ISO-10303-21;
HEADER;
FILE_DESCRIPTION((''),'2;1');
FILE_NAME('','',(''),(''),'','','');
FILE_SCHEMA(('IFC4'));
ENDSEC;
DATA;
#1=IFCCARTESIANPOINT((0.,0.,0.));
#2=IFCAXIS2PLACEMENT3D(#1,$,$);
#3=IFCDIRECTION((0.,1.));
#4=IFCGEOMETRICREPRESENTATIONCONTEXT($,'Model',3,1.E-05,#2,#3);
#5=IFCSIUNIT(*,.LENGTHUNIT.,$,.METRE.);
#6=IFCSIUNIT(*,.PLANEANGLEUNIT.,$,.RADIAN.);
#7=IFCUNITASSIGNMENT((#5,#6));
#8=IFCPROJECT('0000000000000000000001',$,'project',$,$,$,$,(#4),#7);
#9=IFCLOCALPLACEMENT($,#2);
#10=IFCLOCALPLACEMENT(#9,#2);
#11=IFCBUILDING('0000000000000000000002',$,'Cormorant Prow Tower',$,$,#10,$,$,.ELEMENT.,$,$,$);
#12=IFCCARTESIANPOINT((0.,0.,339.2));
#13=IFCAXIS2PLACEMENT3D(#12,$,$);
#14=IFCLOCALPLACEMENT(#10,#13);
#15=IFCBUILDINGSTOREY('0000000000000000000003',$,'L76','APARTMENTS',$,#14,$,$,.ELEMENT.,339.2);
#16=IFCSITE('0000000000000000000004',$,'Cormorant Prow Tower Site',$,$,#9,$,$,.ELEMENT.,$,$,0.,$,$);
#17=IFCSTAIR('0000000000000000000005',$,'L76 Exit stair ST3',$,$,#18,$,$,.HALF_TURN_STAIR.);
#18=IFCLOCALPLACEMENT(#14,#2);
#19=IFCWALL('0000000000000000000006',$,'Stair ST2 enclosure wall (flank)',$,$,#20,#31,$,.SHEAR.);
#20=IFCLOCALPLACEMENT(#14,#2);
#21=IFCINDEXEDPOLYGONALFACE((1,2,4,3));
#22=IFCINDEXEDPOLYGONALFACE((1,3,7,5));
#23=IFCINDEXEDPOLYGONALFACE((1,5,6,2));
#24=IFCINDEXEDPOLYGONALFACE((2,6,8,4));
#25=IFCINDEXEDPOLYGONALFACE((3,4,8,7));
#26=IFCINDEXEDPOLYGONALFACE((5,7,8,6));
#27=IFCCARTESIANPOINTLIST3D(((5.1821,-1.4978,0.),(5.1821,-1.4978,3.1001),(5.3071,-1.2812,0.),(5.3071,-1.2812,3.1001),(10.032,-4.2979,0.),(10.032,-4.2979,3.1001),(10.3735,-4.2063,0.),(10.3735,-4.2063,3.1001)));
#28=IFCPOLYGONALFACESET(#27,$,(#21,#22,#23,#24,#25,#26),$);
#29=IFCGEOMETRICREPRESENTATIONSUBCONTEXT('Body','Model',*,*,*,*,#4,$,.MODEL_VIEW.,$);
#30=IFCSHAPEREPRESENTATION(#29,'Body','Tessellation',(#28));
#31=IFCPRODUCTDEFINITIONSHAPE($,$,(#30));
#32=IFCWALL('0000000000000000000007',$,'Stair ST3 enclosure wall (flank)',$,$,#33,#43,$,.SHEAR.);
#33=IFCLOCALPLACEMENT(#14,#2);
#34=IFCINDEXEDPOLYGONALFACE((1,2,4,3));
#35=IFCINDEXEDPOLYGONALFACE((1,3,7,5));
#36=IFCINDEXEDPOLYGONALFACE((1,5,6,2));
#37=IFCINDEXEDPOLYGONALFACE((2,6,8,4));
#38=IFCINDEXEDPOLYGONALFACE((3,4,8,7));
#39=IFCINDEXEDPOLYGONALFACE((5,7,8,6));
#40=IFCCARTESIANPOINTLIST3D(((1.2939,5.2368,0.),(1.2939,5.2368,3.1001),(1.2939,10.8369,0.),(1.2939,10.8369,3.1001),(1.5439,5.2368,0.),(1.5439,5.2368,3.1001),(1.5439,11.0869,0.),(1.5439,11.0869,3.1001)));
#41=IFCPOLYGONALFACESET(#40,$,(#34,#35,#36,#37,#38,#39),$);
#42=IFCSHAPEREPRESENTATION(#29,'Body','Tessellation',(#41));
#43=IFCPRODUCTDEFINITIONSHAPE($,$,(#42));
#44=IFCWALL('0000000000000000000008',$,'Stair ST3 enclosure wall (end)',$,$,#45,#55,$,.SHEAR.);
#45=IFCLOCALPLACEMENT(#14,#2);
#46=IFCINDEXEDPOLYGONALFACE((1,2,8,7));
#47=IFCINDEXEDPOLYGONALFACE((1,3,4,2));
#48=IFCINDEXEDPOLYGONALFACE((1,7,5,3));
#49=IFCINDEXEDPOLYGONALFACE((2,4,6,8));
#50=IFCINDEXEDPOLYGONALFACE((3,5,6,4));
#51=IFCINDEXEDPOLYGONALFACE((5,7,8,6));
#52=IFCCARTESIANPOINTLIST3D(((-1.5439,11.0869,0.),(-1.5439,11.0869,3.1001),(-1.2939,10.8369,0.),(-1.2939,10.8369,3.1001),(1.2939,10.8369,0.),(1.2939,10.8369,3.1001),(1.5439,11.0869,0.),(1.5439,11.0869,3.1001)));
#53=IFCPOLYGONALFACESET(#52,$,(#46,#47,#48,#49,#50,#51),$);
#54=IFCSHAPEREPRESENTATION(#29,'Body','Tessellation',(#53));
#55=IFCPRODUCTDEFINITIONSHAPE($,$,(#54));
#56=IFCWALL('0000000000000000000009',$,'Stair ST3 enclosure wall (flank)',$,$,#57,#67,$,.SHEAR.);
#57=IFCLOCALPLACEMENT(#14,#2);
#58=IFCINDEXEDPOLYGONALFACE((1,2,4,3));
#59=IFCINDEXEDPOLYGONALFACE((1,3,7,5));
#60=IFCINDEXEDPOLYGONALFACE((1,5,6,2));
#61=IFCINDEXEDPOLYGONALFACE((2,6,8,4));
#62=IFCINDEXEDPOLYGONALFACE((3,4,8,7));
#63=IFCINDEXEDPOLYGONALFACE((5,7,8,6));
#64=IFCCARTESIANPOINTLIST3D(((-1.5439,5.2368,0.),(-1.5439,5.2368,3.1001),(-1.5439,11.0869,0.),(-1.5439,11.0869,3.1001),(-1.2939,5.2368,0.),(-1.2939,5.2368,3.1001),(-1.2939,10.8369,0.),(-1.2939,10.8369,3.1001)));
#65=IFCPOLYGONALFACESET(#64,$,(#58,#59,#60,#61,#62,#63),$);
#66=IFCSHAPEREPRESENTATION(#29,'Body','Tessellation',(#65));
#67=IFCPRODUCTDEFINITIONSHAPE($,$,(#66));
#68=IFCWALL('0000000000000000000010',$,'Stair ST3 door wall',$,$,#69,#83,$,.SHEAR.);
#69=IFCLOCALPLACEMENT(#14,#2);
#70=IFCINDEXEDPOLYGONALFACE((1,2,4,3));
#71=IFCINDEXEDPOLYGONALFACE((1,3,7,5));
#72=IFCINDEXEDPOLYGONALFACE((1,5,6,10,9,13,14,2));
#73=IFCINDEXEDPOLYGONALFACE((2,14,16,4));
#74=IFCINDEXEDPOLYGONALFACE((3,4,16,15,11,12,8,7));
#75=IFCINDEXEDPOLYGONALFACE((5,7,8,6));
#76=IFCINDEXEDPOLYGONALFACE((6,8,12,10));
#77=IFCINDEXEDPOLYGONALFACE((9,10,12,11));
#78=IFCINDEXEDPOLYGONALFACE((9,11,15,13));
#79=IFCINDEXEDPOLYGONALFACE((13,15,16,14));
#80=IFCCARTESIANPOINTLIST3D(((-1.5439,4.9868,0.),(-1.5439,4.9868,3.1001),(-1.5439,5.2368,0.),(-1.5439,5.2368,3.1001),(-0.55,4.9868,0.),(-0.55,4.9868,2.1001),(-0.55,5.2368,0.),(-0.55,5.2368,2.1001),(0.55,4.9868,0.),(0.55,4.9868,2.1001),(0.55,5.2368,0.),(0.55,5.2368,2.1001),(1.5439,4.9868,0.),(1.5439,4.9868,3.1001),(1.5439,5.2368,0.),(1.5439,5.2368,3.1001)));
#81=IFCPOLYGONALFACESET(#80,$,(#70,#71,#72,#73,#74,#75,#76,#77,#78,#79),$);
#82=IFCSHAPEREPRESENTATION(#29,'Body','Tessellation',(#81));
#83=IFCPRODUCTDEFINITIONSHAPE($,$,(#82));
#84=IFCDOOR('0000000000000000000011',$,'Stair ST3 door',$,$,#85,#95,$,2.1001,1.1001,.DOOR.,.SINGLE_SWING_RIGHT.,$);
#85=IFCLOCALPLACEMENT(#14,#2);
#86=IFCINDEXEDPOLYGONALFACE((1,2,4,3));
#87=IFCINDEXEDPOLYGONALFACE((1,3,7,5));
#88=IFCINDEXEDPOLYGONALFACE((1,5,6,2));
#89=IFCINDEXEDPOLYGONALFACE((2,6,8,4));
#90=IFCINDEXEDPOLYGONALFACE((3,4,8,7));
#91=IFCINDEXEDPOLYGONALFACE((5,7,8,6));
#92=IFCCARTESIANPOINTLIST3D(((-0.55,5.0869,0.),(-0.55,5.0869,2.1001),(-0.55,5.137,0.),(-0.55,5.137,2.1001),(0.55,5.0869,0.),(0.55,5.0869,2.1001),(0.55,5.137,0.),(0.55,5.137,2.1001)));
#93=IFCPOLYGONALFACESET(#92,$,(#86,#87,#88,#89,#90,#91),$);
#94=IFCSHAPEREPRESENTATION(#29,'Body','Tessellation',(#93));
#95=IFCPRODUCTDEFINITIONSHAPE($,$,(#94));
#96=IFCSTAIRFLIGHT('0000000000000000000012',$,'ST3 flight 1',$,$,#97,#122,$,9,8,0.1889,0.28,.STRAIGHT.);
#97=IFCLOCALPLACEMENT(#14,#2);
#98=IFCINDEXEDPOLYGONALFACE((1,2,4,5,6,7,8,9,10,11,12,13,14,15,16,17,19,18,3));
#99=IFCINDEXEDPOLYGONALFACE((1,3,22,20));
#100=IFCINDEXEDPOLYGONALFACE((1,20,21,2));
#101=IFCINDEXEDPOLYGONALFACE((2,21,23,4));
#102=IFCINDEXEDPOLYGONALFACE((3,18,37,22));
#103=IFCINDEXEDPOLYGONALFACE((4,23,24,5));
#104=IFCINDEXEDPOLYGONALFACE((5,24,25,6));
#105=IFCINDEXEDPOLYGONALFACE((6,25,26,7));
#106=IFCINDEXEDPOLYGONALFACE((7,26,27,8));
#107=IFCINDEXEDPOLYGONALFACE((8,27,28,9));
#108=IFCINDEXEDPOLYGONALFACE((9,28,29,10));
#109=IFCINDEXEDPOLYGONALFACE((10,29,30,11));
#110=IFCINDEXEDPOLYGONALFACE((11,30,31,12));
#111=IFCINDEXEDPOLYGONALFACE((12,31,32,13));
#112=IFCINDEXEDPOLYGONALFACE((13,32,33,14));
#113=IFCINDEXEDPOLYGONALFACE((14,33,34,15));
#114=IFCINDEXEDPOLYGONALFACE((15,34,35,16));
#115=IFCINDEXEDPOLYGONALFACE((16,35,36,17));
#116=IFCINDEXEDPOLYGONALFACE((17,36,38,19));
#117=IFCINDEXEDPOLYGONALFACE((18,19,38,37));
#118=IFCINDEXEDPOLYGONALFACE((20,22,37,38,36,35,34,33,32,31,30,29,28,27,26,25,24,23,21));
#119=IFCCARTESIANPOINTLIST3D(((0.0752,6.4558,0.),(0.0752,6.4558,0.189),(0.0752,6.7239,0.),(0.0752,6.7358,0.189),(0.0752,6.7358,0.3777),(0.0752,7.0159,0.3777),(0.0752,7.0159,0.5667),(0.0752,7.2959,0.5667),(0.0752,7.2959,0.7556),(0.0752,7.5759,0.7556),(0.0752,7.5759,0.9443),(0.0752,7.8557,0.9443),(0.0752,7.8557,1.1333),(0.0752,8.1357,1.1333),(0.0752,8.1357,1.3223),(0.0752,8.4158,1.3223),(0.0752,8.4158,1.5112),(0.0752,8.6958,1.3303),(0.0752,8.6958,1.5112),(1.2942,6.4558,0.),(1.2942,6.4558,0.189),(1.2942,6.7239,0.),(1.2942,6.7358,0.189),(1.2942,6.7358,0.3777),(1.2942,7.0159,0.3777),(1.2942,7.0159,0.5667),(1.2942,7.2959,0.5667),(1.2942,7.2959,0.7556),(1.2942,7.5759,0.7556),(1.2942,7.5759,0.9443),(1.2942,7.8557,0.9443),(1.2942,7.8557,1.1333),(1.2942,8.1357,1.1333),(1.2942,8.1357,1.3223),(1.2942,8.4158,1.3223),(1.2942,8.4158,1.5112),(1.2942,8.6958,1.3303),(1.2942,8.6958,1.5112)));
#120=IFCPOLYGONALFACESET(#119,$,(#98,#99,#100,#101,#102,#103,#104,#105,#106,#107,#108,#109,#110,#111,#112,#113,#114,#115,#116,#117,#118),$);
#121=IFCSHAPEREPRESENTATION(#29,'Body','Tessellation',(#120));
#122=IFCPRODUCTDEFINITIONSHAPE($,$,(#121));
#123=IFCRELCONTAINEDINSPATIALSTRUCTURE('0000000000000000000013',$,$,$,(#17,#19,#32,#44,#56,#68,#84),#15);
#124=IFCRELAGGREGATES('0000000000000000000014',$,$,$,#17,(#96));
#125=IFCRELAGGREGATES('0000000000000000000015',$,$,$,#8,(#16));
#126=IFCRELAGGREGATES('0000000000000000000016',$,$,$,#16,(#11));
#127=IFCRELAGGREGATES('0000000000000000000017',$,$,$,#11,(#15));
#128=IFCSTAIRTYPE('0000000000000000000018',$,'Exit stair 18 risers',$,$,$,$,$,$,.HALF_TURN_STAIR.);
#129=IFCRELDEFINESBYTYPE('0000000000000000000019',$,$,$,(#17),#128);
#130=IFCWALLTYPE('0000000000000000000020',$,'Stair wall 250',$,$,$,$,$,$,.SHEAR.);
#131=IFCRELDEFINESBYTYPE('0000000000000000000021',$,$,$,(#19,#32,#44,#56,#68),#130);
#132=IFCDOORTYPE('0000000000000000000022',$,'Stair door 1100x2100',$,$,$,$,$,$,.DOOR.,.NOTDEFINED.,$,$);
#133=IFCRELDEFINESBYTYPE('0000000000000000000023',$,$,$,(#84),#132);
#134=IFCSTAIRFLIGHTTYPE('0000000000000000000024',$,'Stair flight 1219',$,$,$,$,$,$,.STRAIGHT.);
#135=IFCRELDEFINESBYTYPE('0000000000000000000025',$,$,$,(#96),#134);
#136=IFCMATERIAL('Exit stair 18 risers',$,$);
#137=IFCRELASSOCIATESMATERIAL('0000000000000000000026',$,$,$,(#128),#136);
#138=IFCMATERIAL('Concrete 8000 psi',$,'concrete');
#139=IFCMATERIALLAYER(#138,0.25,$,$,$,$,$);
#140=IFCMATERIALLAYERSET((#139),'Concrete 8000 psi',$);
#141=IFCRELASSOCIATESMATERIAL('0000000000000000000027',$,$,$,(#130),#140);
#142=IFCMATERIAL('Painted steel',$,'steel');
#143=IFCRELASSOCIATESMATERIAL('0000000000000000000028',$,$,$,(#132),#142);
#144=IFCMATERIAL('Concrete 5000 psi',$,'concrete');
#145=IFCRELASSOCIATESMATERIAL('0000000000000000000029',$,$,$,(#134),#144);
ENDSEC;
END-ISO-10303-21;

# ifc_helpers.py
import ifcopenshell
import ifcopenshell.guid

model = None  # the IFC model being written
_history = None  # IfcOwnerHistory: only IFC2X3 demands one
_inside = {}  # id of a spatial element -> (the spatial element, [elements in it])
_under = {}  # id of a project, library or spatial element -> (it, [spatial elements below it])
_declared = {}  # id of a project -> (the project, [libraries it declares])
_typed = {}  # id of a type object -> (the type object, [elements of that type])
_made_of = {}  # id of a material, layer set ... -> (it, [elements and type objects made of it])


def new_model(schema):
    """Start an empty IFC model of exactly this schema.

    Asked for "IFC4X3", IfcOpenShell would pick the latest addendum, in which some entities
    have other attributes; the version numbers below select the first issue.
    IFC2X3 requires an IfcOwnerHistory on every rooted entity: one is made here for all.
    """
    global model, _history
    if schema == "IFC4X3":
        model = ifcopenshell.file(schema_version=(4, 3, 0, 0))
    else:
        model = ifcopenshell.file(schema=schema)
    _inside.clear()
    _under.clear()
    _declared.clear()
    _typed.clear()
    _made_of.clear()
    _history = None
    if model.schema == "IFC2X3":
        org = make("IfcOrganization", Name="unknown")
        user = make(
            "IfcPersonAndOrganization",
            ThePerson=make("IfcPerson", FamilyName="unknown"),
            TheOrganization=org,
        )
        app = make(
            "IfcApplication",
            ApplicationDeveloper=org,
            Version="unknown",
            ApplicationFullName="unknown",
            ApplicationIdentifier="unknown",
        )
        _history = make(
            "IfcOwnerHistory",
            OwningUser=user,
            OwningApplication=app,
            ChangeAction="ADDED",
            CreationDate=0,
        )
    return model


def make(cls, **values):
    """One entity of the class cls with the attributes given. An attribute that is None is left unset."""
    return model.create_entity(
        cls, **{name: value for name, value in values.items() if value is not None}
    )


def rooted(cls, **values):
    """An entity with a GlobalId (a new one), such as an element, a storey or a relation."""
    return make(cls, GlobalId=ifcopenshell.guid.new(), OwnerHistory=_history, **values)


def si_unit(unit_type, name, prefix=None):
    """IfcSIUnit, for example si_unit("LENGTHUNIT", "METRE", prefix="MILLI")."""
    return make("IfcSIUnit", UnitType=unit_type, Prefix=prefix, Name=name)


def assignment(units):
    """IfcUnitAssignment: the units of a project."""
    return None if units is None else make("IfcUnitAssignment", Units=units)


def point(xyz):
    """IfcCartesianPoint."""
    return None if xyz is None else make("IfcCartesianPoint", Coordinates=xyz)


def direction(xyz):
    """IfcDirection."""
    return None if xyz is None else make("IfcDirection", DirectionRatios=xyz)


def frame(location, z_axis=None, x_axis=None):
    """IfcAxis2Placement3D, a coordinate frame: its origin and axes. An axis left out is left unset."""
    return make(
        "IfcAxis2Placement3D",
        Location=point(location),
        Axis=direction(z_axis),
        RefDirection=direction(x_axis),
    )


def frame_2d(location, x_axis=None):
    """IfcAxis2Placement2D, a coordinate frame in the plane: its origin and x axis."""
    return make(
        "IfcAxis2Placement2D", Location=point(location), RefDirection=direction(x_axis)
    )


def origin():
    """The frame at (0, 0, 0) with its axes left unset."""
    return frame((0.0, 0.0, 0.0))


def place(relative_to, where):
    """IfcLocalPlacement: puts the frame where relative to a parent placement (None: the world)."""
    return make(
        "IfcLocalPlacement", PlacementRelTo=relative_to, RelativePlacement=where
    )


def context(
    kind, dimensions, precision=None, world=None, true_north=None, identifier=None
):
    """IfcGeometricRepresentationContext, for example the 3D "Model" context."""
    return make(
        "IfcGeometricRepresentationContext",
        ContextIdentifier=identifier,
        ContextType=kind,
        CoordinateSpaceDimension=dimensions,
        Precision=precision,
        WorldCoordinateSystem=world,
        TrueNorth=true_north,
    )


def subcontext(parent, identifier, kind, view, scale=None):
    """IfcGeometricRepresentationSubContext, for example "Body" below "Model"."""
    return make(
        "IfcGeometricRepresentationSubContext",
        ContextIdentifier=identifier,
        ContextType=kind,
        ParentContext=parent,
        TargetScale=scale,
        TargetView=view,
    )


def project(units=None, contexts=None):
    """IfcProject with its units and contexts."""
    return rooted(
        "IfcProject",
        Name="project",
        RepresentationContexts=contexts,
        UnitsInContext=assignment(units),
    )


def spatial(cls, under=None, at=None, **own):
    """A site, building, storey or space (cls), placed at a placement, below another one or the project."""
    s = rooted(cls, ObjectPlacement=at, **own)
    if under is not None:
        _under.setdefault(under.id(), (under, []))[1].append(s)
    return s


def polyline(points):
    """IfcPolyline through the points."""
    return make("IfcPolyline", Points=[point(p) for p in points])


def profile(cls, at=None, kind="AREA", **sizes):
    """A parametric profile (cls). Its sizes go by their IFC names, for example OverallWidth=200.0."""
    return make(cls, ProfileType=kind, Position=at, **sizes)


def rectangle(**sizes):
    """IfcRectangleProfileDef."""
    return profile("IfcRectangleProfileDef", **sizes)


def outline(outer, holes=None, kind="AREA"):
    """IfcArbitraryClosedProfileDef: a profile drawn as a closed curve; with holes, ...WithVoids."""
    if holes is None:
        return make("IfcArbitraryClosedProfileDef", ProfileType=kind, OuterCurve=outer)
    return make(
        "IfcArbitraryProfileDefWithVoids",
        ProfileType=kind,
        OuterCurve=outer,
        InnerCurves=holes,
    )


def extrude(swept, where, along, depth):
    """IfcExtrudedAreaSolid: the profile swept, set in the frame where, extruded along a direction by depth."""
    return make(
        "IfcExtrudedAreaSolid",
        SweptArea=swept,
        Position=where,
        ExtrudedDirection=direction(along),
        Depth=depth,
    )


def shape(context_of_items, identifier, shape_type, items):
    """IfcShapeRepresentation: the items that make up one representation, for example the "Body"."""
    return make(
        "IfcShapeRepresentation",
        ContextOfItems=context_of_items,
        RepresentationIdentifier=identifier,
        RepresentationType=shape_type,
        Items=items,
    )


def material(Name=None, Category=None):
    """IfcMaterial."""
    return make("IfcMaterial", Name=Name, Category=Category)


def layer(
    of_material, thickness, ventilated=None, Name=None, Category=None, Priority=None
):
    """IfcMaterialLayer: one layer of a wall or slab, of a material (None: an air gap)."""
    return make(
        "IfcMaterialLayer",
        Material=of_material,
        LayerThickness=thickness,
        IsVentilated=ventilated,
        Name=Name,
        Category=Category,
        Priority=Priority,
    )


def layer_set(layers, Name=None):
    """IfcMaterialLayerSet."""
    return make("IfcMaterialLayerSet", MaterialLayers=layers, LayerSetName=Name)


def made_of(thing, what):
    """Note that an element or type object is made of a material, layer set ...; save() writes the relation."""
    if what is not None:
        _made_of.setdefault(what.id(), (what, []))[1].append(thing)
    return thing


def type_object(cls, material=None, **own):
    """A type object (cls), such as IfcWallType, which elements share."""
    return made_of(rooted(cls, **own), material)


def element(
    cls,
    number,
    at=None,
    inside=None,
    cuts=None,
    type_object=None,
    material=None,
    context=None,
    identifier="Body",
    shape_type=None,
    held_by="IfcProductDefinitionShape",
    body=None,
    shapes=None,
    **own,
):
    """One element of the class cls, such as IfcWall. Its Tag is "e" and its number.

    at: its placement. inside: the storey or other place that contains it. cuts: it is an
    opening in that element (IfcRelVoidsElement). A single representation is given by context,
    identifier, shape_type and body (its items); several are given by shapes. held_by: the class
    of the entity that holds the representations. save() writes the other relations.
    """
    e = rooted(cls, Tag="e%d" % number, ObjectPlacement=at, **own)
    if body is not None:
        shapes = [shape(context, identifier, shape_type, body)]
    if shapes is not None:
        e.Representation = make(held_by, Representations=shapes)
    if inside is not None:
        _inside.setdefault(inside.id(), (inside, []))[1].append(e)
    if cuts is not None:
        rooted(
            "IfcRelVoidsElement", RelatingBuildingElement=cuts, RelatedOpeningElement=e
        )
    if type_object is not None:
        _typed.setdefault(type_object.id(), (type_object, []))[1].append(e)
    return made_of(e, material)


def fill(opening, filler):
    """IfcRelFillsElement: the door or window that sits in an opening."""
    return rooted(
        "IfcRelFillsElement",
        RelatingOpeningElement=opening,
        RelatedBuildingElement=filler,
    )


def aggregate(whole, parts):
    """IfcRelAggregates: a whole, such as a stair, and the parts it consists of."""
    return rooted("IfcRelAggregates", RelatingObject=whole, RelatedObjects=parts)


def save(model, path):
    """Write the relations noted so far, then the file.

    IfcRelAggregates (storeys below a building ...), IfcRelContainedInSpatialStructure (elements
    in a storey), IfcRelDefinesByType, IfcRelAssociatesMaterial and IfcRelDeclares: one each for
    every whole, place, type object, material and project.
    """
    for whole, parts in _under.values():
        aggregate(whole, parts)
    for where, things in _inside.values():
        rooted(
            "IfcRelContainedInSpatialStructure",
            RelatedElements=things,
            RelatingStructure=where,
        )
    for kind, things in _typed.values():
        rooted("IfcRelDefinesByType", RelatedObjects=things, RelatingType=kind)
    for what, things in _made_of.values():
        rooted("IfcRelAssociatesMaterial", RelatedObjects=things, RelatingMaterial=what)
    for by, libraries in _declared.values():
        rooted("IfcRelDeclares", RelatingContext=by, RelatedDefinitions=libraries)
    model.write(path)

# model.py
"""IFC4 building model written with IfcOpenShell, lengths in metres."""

from ifc_helpers import new_model, si_unit, direction, frame, frame_2d, origin, place, context, subcontext, project, spatial, polyline, rectangle, outline, extrude, material, layer, layer_set, type_object, element, fill, aggregate, save


model = new_model("IFC4")

# Units and contexts
model_context = context("Model", 3, precision=1e-05, world=origin(), true_north=direction((0.0, 1.0)))
body_context = subcontext(model_context, "Body", "Model", "MODEL_VIEW")
ifc_project = project(units=[si_unit("LENGTHUNIT", "METRE"), si_unit("PLANEANGLEUNIT", "RADIAN")], contexts=[model_context])

# Site, building, storey
site_placement = place(None, origin())
site = spatial("IfcSite", under=ifc_project, at=site_placement, Name="Cormorant Prow Tower Site", CompositionType="ELEMENT", RefElevation=0.0)
building_placement = place(site_placement, origin())
building = spatial("IfcBuilding", under=site, at=building_placement, Name="Cormorant Prow Tower", CompositionType="ELEMENT")
storey_placement = place(building_placement, frame((0.0, 0.0, 339.2)))
storey = spatial("IfcBuildingStorey", under=building, at=storey_placement, Name="L76", Description="APARTMENTS", CompositionType="ELEMENT", Elevation=339.2)

# Stair
ifc_material_1 = material(Name="Exit stair 18 risers")
stair_type = type_object("IfcStairType", Name="Exit stair 18 risers", PredefinedType="HALF_TURN_STAIR", material=ifc_material_1)
stair_1_placement = place(storey_placement, origin())
stair_1 = element("IfcStair", 1, at=stair_1_placement, inside=storey, type_object=stair_type, Name="L76 Exit stair ST3", PredefinedType="HALF_TURN_STAIR")

# Walls
ifc_material_2 = material(Name="Concrete 8000 psi", Category="concrete")
ifc_layer_1 = layer(ifc_material_2, 0.25)
ifc_layer_set_1 = layer_set([ifc_layer_1], Name="Concrete 8000 psi")
wall_type_1 = type_object("IfcWallType", Name="Stair wall 250", PredefinedType="SHEAR", material=ifc_layer_set_1)
wall_1_placement = place(storey_placement, origin())
element("IfcWall", 2, at=wall_1_placement, inside=storey, type_object=wall_type_1, Name="Stair ST2 enclosure wall (flank)", PredefinedType="SHEAR", context=body_context, shape_type="SweptSolid", body=[
    extrude(outline(polyline([(10.032, -4.2979), (10.3735, -4.2063), (5.3071, -1.2812), (5.1821, -1.4978), (10.032, -4.2979)])), origin(), (0.0, 0.0, 1.0), 3.1001),
])
wall_2_placement = place(storey_placement, origin())
element("IfcWall", 3, at=wall_2_placement, inside=storey, type_object=wall_type_1, Name="Stair ST3 enclosure wall (flank)", PredefinedType="SHEAR", context=body_context, shape_type="SweptSolid", body=[
    extrude(outline(polyline([(1.5439, 5.2368), (1.5439, 11.0869), (1.2939, 10.8369), (1.2939, 5.2368), (1.5439, 5.2368)])), origin(), (0.0, 0.0, 1.0), 3.1001),
])
wall_3_placement = place(storey_placement, origin())
element("IfcWall", 4, at=wall_3_placement, inside=storey, type_object=wall_type_1, Name="Stair ST3 enclosure wall (end)", PredefinedType="SHEAR", context=body_context, shape_type="SweptSolid", body=[
    extrude(outline(polyline([(1.5439, 11.0869), (-1.5439, 11.0869), (-1.2939, 10.8369), (1.2939, 10.8369), (1.5439, 11.0869)])), origin(), (0.0, 0.0, 1.0), 3.1001),
])
wall_4_placement = place(storey_placement, origin())
element("IfcWall", 5, at=wall_4_placement, inside=storey, type_object=wall_type_1, Name="Stair ST3 enclosure wall (flank)", PredefinedType="SHEAR", context=body_context, shape_type="SweptSolid", body=[
    extrude(outline(polyline([(-1.2939, 10.8369), (-1.5439, 11.0869), (-1.5439, 5.2368), (-1.2939, 5.2368), (-1.2939, 10.8369)])), origin(), (0.0, 0.0, 1.0), 3.1001),
])

# Wall, opening, door
wall_5_placement = place(storey_placement, frame((1.5439, 5.1118, 0.0), z_axis=(0.0, 0.0, 1.0), x_axis=(-1.0, 0.0, 0.0)))
wall_5 = element("IfcWall", 6, at=wall_5_placement, inside=storey, type_object=wall_type_1, Name="Stair ST3 door wall", PredefinedType="SHEAR", context=body_context, shape_type="SweptSolid", body=[
    extrude(rectangle(XDim=3.0879, YDim=0.25, at=frame_2d((1.5439, 0.0))), origin(), (0.0, 0.0, 1.0), 3.1001),
])
opening_placement = place(wall_5_placement, frame((0.9939, 0.0, 0.0)))
opening = element("IfcOpeningElement", 7, at=opening_placement, cuts=wall_5, PredefinedType="OPENING", context=body_context, shape_type="SweptSolid", body=[
    extrude(rectangle(XDim=1.1001, YDim=2.1001, at=frame_2d((0.55, 1.05))), frame((0.0, 0.135, 0.0), z_axis=(0.0, -1.0, 0.0), x_axis=(1.0, 0.0, 0.0)), (0.0, 0.0, 1.0), 0.27),
])
ifc_material_3 = material(Name="Painted steel", Category="steel")
door_type = type_object("IfcDoorType", Name="Stair door 1100x2100", OperationType="NOTDEFINED", PredefinedType="DOOR", material=ifc_material_3)
door_placement = place(opening_placement, origin())
door = element("IfcDoor", 8, at=door_placement, inside=storey, type_object=door_type, Name="Stair ST3 door", OperationType="SINGLE_SWING_RIGHT", OverallHeight=2.1001, OverallWidth=1.1001, PredefinedType="DOOR", context=body_context, shape_type="SweptSolid", body=[
    extrude(rectangle(XDim=1.1001, YDim=2.1001, at=frame_2d((0.55, 1.05))), frame((0.0, 0.0249, 0.0), z_axis=(0.0, -1.0, 0.0), x_axis=(1.0, 0.0, 0.0)), (0.0, 0.0, 1.0), 0.05),
])
fill(opening, door)

# Stair flight
ifc_material_4 = material(Name="Concrete 5000 psi", Category="concrete")
stair_flight_type = type_object("IfcStairFlightType", Name="Stair flight 1219", PredefinedType="STRAIGHT", material=ifc_material_4)
stair_flight_placement = place(storey_placement, frame((0.6846, 6.4558, 0.0), z_axis=(0.0, 0.0, 1.0), x_axis=(0.0, 1.0, 0.0)))
stair_flight = element("IfcStairFlight", 9, at=stair_flight_placement, type_object=stair_flight_type, Name="ST3 flight 1", NumberOfRisers=9, NumberOfTreads=8, PredefinedType="STRAIGHT", RiserHeight=0.1889, TreadLength=0.28, context=body_context, shape_type="SweptSolid", body=[
    extrude(outline(polyline([(0.0, 0.0), (0.0, 0.189), (0.28, 0.189), (0.28, 0.3777), (0.5601, 0.3777), (0.5601, 0.5667), (0.8401, 0.5667), (0.8401, 0.7556), (1.1201, 0.7556), (1.1201, 0.9443), (1.3999, 0.9443), (1.3999, 1.1333), (1.6799, 1.1333), (1.6799, 1.3223), (1.96, 1.3223), (1.96, 1.5112), (2.24, 1.5112), (2.24, 1.7), (2.24, 1.3303), (0.2681, 0.0), (0.0, 0.0)])), frame((0.0, 0.6094, 0.0), z_axis=(0.0, -1.0, 0.0), x_axis=(1.0, 0.0, 0.0)), (0.0, 0.0, 1.0), 1.219),
])
aggregate(stair_1, [stair_flight])

save(model, "model.ifc")
